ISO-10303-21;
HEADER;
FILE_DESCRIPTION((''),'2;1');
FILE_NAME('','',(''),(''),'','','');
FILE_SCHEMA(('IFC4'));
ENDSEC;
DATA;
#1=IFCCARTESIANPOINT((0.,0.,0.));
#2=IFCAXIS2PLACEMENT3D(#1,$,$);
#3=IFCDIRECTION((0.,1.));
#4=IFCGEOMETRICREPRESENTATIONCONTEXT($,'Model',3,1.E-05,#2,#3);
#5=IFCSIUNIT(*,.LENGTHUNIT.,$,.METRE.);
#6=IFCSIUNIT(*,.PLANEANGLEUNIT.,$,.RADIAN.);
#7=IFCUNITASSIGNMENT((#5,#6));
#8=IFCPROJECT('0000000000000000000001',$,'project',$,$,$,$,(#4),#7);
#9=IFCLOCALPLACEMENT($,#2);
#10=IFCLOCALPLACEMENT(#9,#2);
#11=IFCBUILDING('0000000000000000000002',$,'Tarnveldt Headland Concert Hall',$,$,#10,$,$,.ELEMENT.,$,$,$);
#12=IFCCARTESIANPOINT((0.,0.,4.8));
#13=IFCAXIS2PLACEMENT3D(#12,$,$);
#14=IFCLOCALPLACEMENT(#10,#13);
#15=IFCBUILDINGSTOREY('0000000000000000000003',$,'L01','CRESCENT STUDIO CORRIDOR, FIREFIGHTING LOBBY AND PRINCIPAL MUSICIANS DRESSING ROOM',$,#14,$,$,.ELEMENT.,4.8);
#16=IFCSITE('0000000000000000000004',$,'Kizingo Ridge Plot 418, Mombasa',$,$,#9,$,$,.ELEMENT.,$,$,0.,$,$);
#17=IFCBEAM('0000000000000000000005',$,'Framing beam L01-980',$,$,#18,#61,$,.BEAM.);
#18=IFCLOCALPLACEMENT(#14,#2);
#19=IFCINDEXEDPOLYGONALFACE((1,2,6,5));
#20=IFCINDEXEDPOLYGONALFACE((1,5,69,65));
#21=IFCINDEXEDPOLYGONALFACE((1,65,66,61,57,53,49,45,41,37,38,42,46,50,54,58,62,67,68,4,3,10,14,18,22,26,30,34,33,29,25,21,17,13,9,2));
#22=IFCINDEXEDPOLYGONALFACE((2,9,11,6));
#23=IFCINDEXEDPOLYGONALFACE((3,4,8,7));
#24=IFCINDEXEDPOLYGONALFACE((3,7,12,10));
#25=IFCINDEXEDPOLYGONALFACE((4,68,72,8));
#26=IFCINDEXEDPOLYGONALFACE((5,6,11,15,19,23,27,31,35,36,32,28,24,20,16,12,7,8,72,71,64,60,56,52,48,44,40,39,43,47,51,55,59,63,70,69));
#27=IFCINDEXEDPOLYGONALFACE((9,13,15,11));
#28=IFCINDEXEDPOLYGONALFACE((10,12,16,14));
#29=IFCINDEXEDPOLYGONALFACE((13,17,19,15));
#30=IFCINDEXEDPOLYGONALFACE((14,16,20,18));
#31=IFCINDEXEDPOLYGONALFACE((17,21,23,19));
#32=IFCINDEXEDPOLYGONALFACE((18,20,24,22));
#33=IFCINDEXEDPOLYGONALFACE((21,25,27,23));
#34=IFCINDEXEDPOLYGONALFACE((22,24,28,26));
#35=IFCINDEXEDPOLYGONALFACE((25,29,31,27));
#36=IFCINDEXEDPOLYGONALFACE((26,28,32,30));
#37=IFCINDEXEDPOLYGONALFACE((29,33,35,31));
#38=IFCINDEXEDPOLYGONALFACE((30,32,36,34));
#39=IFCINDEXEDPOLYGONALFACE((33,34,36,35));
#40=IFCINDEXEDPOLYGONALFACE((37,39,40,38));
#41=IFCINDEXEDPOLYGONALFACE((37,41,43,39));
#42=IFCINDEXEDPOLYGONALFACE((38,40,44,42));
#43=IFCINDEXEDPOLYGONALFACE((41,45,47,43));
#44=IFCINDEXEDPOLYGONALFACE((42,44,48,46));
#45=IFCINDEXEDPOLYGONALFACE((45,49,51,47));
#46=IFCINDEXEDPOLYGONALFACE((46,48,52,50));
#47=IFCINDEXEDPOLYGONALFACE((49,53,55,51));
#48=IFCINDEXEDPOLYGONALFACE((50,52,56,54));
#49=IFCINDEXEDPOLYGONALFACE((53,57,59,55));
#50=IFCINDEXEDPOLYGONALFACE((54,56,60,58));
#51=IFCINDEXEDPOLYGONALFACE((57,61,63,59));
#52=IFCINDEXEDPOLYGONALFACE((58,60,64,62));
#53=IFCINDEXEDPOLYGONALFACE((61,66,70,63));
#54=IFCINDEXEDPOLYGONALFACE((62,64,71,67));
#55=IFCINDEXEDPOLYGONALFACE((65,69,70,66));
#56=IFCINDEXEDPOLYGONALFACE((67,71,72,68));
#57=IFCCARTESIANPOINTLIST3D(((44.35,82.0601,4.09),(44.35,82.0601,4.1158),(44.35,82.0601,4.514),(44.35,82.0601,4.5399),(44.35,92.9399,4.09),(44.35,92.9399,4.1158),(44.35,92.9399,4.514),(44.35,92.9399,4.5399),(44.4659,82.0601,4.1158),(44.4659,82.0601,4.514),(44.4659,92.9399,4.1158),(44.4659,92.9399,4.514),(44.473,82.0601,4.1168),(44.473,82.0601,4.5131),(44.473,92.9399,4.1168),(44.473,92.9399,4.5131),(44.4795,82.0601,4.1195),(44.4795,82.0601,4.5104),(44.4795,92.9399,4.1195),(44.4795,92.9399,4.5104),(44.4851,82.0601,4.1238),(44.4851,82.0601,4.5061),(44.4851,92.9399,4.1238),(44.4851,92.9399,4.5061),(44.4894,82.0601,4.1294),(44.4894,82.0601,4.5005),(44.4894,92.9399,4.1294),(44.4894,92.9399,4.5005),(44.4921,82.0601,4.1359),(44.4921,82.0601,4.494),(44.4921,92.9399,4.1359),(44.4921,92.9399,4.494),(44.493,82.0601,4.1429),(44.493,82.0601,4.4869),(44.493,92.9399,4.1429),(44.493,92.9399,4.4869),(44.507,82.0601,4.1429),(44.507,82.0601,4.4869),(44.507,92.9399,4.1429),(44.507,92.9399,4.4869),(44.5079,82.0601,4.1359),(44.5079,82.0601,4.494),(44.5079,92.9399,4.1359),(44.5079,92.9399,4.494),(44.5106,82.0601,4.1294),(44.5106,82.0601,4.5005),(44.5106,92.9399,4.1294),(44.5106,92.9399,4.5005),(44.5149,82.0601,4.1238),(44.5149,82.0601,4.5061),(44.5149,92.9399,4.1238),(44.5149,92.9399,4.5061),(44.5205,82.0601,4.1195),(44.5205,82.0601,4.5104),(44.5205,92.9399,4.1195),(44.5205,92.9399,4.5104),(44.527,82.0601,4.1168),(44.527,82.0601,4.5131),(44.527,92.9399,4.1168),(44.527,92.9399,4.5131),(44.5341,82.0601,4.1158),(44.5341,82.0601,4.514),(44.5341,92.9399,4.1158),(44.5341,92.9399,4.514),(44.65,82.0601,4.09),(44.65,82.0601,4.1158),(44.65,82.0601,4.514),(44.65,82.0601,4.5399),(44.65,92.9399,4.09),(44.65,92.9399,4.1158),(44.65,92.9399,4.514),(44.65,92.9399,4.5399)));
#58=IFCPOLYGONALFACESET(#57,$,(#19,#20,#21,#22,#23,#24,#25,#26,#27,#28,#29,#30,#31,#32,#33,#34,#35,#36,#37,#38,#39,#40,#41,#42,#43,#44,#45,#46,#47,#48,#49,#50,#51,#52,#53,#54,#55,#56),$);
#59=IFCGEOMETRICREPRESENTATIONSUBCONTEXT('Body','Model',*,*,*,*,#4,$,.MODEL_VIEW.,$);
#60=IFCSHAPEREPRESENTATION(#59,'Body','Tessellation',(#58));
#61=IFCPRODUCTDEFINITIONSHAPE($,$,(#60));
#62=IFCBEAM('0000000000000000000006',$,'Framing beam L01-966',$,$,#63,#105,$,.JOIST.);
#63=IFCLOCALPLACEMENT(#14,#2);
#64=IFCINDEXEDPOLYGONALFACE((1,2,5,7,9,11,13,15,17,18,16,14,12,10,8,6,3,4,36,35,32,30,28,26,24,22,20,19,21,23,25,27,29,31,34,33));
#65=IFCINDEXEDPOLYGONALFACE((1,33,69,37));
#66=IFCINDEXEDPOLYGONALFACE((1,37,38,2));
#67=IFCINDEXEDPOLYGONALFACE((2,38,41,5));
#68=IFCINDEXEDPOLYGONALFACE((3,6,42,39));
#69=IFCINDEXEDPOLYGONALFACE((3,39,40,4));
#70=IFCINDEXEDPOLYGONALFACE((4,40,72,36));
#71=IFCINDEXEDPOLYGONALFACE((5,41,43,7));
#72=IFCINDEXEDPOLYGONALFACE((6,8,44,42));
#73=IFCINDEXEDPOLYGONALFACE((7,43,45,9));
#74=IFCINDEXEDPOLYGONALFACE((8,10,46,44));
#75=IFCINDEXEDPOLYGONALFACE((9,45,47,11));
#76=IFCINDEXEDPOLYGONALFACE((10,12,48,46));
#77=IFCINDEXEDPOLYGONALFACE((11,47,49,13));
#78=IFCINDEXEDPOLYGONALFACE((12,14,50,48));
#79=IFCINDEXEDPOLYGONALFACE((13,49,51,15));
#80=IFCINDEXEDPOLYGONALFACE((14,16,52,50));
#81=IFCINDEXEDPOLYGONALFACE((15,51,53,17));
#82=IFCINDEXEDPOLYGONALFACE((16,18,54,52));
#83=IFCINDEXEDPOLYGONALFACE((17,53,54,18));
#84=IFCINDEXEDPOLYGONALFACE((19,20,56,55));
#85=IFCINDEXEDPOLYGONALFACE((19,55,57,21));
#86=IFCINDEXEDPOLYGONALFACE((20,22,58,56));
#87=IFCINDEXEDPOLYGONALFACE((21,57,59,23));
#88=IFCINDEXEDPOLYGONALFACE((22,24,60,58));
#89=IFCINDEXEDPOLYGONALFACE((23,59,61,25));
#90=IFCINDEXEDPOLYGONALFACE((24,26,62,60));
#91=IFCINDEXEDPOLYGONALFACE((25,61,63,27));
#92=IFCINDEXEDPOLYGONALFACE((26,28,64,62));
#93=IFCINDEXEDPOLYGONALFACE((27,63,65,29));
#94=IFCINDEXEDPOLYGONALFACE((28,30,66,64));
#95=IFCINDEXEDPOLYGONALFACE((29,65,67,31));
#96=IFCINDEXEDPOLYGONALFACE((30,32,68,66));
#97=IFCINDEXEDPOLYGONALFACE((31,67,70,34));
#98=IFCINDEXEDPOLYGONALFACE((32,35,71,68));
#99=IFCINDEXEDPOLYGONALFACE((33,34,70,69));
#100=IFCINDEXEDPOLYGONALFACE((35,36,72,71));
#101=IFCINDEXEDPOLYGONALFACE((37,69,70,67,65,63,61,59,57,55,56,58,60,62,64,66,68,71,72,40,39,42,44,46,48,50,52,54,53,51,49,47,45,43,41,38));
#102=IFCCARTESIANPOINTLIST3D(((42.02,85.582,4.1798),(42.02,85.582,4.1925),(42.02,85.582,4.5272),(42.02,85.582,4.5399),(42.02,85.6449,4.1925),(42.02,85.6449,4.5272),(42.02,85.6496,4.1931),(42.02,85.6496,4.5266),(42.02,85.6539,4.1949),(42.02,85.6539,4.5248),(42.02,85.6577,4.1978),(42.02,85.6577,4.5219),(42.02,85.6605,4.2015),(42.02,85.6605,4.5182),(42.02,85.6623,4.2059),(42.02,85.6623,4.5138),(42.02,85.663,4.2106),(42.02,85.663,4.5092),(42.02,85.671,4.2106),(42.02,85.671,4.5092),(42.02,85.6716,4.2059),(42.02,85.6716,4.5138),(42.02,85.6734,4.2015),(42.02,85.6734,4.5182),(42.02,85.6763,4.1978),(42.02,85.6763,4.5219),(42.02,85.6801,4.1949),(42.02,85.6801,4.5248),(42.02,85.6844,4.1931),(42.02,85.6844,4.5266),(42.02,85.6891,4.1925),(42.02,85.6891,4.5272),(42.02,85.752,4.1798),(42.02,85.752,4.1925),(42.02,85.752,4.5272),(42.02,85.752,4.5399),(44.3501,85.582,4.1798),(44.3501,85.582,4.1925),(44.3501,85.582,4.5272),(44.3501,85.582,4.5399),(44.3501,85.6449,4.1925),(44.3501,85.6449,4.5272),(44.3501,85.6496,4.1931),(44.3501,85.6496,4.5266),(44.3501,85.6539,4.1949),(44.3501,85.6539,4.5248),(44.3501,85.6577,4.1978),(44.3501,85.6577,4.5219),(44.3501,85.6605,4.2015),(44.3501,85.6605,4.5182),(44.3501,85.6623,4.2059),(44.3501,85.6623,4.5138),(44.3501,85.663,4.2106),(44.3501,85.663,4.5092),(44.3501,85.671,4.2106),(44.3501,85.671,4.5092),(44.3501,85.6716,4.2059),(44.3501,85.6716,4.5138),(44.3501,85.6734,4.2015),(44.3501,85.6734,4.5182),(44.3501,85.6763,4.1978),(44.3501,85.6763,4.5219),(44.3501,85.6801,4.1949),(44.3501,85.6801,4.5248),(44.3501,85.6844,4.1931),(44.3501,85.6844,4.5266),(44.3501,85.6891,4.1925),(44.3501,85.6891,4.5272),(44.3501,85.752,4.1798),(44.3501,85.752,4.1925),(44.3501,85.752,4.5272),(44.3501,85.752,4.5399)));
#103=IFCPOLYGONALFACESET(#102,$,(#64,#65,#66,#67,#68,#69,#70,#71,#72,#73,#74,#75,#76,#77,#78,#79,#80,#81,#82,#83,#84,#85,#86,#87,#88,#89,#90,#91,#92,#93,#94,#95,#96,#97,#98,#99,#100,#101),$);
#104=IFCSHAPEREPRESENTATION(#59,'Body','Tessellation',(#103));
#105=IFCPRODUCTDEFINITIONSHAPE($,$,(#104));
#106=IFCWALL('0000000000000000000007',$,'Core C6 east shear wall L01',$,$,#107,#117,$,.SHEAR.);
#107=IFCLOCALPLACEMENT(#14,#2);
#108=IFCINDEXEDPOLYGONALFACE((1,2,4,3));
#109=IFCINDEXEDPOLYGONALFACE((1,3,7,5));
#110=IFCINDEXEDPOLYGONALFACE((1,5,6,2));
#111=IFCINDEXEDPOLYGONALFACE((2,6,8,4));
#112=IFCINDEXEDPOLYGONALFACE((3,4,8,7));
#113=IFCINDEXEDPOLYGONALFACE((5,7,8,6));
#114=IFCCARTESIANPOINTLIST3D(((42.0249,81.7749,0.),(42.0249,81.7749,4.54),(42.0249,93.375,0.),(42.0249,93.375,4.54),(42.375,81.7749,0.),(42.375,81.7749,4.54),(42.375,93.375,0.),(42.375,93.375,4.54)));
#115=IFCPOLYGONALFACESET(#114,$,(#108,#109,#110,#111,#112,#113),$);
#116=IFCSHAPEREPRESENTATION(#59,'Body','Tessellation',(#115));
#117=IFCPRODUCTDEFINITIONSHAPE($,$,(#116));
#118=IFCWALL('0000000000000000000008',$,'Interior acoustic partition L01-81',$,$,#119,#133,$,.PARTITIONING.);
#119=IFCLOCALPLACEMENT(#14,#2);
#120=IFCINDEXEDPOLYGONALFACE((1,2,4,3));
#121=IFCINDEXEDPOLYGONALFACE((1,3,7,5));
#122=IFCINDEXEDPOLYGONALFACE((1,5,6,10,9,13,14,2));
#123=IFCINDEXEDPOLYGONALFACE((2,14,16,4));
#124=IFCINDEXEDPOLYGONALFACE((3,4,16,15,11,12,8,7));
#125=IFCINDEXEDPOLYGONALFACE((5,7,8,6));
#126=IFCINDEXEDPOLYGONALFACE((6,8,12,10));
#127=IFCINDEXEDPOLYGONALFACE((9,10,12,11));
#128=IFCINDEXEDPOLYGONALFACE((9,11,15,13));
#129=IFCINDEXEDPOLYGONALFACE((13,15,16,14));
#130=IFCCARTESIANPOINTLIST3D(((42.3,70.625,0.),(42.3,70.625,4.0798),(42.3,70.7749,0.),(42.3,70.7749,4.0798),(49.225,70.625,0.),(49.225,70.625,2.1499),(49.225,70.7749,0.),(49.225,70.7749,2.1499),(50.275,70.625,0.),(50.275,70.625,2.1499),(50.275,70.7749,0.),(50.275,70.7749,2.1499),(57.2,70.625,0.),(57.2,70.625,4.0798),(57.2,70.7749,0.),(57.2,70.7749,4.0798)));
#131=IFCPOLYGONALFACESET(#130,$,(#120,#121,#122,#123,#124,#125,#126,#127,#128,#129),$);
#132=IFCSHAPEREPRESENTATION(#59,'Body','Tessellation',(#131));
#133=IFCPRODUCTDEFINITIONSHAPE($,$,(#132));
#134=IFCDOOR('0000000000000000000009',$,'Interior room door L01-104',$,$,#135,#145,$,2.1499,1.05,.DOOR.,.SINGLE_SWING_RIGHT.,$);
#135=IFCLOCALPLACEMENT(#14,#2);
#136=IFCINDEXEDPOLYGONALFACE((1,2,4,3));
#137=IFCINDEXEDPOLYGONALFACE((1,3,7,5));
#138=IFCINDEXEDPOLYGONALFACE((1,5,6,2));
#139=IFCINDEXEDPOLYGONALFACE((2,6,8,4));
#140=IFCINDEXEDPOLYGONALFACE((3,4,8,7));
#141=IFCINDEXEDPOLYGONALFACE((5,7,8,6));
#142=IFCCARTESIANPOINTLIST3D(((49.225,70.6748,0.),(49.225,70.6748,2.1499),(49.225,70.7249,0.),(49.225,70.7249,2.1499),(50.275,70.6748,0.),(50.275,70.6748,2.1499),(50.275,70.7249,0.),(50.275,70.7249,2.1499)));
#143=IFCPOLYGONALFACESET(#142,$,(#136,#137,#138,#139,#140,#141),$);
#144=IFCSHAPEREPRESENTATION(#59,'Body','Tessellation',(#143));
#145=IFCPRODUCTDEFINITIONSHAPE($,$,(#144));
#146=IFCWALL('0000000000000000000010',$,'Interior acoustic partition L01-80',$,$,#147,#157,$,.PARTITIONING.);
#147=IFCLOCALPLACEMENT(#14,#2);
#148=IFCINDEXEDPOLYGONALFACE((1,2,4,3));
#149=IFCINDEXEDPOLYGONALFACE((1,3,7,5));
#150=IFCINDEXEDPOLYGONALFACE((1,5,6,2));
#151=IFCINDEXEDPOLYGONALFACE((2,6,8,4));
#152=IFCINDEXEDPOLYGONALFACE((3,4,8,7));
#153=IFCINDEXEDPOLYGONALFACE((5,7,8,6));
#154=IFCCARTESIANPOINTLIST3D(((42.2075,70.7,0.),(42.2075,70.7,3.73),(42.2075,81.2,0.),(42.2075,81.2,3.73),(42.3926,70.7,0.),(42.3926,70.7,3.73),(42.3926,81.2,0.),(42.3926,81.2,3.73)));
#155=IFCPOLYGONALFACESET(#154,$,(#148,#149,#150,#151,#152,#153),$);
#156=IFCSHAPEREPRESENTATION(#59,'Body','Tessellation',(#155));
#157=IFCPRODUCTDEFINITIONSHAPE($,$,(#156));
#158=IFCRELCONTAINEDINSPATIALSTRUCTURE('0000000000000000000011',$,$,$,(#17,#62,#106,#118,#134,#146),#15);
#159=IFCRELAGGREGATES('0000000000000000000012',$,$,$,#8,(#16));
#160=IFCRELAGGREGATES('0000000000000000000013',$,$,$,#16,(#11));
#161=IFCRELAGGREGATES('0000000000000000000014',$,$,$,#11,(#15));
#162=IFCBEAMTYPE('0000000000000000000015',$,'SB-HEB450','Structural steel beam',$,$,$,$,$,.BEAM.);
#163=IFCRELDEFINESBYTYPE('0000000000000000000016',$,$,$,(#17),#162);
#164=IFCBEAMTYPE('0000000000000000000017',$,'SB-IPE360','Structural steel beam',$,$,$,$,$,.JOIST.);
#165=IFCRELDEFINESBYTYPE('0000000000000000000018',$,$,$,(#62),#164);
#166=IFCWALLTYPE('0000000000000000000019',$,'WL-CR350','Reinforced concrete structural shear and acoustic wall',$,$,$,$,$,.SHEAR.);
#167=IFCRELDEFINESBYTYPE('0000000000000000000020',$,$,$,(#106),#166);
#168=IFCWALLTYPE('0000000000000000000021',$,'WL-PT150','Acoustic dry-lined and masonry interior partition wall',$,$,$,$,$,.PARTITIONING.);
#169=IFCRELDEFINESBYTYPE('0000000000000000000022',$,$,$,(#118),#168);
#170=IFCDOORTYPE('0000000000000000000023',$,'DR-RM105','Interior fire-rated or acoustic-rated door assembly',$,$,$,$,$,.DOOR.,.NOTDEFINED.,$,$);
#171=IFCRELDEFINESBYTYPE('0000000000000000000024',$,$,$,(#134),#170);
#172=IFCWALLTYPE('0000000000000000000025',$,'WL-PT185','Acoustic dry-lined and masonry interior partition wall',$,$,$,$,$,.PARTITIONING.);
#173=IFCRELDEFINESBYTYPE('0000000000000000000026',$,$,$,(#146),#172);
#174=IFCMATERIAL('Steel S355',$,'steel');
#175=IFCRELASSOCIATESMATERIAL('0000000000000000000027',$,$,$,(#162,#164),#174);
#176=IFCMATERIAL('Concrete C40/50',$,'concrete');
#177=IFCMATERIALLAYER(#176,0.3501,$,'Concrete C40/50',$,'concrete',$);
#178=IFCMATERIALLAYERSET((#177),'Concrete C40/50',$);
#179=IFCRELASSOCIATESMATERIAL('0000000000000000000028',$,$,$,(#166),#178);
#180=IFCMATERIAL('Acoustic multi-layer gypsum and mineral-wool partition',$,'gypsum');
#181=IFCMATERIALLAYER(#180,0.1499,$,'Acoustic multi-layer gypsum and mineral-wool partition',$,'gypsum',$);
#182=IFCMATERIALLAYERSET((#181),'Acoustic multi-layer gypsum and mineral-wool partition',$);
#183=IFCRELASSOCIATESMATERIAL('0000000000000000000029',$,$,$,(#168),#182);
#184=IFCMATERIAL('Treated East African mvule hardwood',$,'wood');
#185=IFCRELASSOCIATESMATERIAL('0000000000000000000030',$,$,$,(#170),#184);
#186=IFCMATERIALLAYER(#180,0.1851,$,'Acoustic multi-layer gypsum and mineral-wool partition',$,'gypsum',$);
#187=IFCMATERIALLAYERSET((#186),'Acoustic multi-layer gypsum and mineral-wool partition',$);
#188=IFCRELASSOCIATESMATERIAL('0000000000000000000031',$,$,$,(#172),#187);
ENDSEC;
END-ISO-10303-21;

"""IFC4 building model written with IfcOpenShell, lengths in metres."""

from ifc_helpers import new_model, si_unit, direction, frame, frame_2d, origin, origin_2d, place, context, subcontext, project, spatial, rectangle, i_section, extrude, material, layer, layer_set, material_profile, profile_set, type_object, element, fill, save


model = new_model("IFC4")

# Units and contexts
model_context = context("Model", 3, precision=1e-05, world=origin(), true_north=direction((0.0, 1.0)))
body_context = subcontext(model_context, "Body", "Model", "MODEL_VIEW")
ifc_project = project(units=[si_unit("LENGTHUNIT", "METRE"), si_unit("PLANEANGLEUNIT", "RADIAN")], contexts=[model_context])

# Site, building, storey
site_placement = place(None, origin())
site = spatial("IfcSite", under=ifc_project, at=site_placement, Name="Kizingo Ridge Plot 418, Mombasa", CompositionType="ELEMENT", RefElevation=0.0)
building_placement = place(site_placement, origin())
building = spatial("IfcBuilding", under=site, at=building_placement, Name="Tarnveldt Headland Concert Hall", CompositionType="ELEMENT")
storey_placement = place(building_placement, frame((0.0, 0.0, 4.8)))
storey = spatial("IfcBuildingStorey", under=building, at=storey_placement, Name="L01", Description="CRESCENT STUDIO CORRIDOR, FIREFIGHTING LOBBY AND PRINCIPAL MUSICIANS DRESSING ROOM", CompositionType="ELEMENT", Elevation=4.8)

# Shared definitions
ifc_material_1 = material(Name="Steel S355", Category="steel")

# Beams
ifc_material_profile_1 = material_profile(ifc_material_1, i_section(OverallWidth=0.3, OverallDepth=0.45, WebThickness=0.0139, FlangeThickness=0.0259, FilletRadius=0.0271, at=origin_2d()), Name="HEB450", Category="steel")
ifc_profile_set_1 = profile_set([ifc_material_profile_1], Name="Steel S355")
beam_type_1 = type_object("IfcBeamType", Name="SB-HEB450", Description="Structural steel beam", PredefinedType="BEAM", material=ifc_profile_set_1)
for number, where, z_axis, x_axis, name in (
    (1, (44.5, 82.0601, 4.3149), (0.0, 1.0, 0.0), (-1.0, 0.0, 0.0), "Framing beam L01-980"),
):
    element("IfcBeam", number, at=place(storey_placement, frame(where, z_axis=z_axis, x_axis=x_axis)), inside=storey, type_object=beam_type_1, Name=name, PredefinedType="BEAM", context=body_context, shape_type="SweptSolid", body=[
        extrude(i_section(OverallWidth=0.3, OverallDepth=0.45, WebThickness=0.0139, FlangeThickness=0.0259, FilletRadius=0.0271, at=origin_2d()), origin(), (0.0, 0.0, 1.0), 10.8799),
    ])
ifc_material_profile_2 = material_profile(ifc_material_1, i_section(OverallWidth=0.1699, OverallDepth=0.3601, WebThickness=0.0081, FlangeThickness=0.0127, FilletRadius=0.0181, at=origin_2d()), Name="IPE360", Category="steel")
ifc_profile_set_2 = profile_set([ifc_material_profile_2], Name="Steel S355")
beam_type_2 = type_object("IfcBeamType", Name="SB-IPE360", Description="Structural steel beam", PredefinedType="JOIST", material=ifc_profile_set_2)
beam_1_placement = place(storey_placement, frame((42.02, 85.667, 4.3599), z_axis=(1.0, 0.0, 0.0), x_axis=(0.0, 1.0, 0.0)))
element("IfcBeam", 2, at=beam_1_placement, inside=storey, type_object=beam_type_2, Name="Framing beam L01-966", PredefinedType="JOIST", context=body_context, shape_type="SweptSolid", body=[
    extrude(i_section(OverallWidth=0.1699, OverallDepth=0.3601, WebThickness=0.0081, FlangeThickness=0.0127, FilletRadius=0.0181, at=origin_2d()), origin(), (0.0, 0.0, 1.0), 2.3301),
])

# Wall
ifc_material_2 = material(Name="Concrete C40/50", Category="concrete")
ifc_layer_1 = layer(ifc_material_2, 0.3501, Name="Concrete C40/50", Category="concrete")
ifc_layer_set_1 = layer_set([ifc_layer_1], Name="Concrete C40/50")
wall_type_1 = type_object("IfcWallType", Name="WL-CR350", Description="Reinforced concrete structural shear and acoustic wall", PredefinedType="SHEAR", material=ifc_layer_set_1)
wall_1_placement = place(storey_placement, frame((42.2, 81.7749, 0.0), z_axis=(0.0, 0.0, 1.0), x_axis=(0.0, 1.0, 0.0)))
element("IfcWall", 3, at=wall_1_placement, inside=storey, type_object=wall_type_1, Name="Core C6 east shear wall L01", PredefinedType="SHEAR", context=body_context, shape_type="SweptSolid", body=[
    extrude(rectangle(XDim=11.6001, YDim=0.3501, at=frame_2d((5.8, 0.0))), origin(), (0.0, 0.0, 1.0), 4.54),
])

# Wall, opening, door
ifc_material_3 = material(Name="Acoustic multi-layer gypsum and mineral-wool partition", Category="gypsum")
ifc_layer_2 = layer(ifc_material_3, 0.1499, Name="Acoustic multi-layer gypsum and mineral-wool partition", Category="gypsum")
ifc_layer_set_2 = layer_set([ifc_layer_2], Name="Acoustic multi-layer gypsum and mineral-wool partition")
wall_type_2 = type_object("IfcWallType", Name="WL-PT150", Description="Acoustic dry-lined and masonry interior partition wall", PredefinedType="PARTITIONING", material=ifc_layer_set_2)
wall_2_placement = place(storey_placement, frame((42.3, 70.7, 0.0), z_axis=(0.0, 0.0, 1.0), x_axis=(1.0, 0.0, 0.0)))
wall_2 = element("IfcWall", 4, at=wall_2_placement, inside=storey, type_object=wall_type_2, Name="Interior acoustic partition L01-81", PredefinedType="PARTITIONING", context=body_context, shape_type="SweptSolid", body=[
    extrude(rectangle(XDim=14.8999, YDim=0.1499, at=frame_2d((7.45, 0.0))), origin(), (0.0, 0.0, 1.0), 4.0798),
])
opening_1_placement = place(wall_2_placement, frame((6.925, 0.0, 0.0)))
opening_1 = element("IfcOpeningElement", 5, at=opening_1_placement, cuts=wall_2, PredefinedType="OPENING", context=body_context, shape_type="SweptSolid", body=[
    extrude(rectangle(XDim=1.05, YDim=2.1499, at=frame_2d((0.5249, 1.075))), frame((0.0, 0.085, 0.0), z_axis=(0.0, -1.0, 0.0), x_axis=(1.0, 0.0, 0.0)), (0.0, 0.0, 1.0), 0.1699),
])
ifc_material_4 = material(Name="Treated East African mvule hardwood", Category="wood")
door_type_1 = type_object("IfcDoorType", Name="DR-RM105", Description="Interior fire-rated or acoustic-rated door assembly", OperationType="NOTDEFINED", PredefinedType="DOOR", material=ifc_material_4)
door_1_placement = place(opening_1_placement, origin())
door_1 = element("IfcDoor", 6, at=door_1_placement, inside=storey, type_object=door_type_1, Name="Interior room door L01-104", OperationType="SINGLE_SWING_RIGHT", OverallHeight=2.1499, OverallWidth=1.05, PredefinedType="DOOR", context=body_context, shape_type="SweptSolid", body=[
    extrude(rectangle(XDim=1.05, YDim=2.1499, at=frame_2d((0.5249, 1.075))), frame((0.0, 0.0249, 0.0), z_axis=(0.0, -1.0, 0.0), x_axis=(1.0, 0.0, 0.0)), (0.0, 0.0, 1.0), 0.05),
])
fill(opening_1, door_1)

# Wall
ifc_layer_3 = layer(ifc_material_3, 0.1851, Name="Acoustic multi-layer gypsum and mineral-wool partition", Category="gypsum")
ifc_layer_set_3 = layer_set([ifc_layer_3], Name="Acoustic multi-layer gypsum and mineral-wool partition")
wall_type_3 = type_object("IfcWallType", Name="WL-PT185", Description="Acoustic dry-lined and masonry interior partition wall", PredefinedType="PARTITIONING", material=ifc_layer_set_3)
wall_3_placement = place(storey_placement, frame((42.3, 70.7, 0.0), z_axis=(0.0, 0.0, 1.0), x_axis=(0.0, 1.0, 0.0)))
element("IfcWall", 7, at=wall_3_placement, inside=storey, type_object=wall_type_3, Name="Interior acoustic partition L01-80", PredefinedType="PARTITIONING", context=body_context, shape_type="SweptSolid", body=[
    extrude(rectangle(XDim=10.5, YDim=0.1851, at=frame_2d((5.25, 0.0))), origin(), (0.0, 0.0, 1.0), 3.73),
])

save(model, "model.ifc")
